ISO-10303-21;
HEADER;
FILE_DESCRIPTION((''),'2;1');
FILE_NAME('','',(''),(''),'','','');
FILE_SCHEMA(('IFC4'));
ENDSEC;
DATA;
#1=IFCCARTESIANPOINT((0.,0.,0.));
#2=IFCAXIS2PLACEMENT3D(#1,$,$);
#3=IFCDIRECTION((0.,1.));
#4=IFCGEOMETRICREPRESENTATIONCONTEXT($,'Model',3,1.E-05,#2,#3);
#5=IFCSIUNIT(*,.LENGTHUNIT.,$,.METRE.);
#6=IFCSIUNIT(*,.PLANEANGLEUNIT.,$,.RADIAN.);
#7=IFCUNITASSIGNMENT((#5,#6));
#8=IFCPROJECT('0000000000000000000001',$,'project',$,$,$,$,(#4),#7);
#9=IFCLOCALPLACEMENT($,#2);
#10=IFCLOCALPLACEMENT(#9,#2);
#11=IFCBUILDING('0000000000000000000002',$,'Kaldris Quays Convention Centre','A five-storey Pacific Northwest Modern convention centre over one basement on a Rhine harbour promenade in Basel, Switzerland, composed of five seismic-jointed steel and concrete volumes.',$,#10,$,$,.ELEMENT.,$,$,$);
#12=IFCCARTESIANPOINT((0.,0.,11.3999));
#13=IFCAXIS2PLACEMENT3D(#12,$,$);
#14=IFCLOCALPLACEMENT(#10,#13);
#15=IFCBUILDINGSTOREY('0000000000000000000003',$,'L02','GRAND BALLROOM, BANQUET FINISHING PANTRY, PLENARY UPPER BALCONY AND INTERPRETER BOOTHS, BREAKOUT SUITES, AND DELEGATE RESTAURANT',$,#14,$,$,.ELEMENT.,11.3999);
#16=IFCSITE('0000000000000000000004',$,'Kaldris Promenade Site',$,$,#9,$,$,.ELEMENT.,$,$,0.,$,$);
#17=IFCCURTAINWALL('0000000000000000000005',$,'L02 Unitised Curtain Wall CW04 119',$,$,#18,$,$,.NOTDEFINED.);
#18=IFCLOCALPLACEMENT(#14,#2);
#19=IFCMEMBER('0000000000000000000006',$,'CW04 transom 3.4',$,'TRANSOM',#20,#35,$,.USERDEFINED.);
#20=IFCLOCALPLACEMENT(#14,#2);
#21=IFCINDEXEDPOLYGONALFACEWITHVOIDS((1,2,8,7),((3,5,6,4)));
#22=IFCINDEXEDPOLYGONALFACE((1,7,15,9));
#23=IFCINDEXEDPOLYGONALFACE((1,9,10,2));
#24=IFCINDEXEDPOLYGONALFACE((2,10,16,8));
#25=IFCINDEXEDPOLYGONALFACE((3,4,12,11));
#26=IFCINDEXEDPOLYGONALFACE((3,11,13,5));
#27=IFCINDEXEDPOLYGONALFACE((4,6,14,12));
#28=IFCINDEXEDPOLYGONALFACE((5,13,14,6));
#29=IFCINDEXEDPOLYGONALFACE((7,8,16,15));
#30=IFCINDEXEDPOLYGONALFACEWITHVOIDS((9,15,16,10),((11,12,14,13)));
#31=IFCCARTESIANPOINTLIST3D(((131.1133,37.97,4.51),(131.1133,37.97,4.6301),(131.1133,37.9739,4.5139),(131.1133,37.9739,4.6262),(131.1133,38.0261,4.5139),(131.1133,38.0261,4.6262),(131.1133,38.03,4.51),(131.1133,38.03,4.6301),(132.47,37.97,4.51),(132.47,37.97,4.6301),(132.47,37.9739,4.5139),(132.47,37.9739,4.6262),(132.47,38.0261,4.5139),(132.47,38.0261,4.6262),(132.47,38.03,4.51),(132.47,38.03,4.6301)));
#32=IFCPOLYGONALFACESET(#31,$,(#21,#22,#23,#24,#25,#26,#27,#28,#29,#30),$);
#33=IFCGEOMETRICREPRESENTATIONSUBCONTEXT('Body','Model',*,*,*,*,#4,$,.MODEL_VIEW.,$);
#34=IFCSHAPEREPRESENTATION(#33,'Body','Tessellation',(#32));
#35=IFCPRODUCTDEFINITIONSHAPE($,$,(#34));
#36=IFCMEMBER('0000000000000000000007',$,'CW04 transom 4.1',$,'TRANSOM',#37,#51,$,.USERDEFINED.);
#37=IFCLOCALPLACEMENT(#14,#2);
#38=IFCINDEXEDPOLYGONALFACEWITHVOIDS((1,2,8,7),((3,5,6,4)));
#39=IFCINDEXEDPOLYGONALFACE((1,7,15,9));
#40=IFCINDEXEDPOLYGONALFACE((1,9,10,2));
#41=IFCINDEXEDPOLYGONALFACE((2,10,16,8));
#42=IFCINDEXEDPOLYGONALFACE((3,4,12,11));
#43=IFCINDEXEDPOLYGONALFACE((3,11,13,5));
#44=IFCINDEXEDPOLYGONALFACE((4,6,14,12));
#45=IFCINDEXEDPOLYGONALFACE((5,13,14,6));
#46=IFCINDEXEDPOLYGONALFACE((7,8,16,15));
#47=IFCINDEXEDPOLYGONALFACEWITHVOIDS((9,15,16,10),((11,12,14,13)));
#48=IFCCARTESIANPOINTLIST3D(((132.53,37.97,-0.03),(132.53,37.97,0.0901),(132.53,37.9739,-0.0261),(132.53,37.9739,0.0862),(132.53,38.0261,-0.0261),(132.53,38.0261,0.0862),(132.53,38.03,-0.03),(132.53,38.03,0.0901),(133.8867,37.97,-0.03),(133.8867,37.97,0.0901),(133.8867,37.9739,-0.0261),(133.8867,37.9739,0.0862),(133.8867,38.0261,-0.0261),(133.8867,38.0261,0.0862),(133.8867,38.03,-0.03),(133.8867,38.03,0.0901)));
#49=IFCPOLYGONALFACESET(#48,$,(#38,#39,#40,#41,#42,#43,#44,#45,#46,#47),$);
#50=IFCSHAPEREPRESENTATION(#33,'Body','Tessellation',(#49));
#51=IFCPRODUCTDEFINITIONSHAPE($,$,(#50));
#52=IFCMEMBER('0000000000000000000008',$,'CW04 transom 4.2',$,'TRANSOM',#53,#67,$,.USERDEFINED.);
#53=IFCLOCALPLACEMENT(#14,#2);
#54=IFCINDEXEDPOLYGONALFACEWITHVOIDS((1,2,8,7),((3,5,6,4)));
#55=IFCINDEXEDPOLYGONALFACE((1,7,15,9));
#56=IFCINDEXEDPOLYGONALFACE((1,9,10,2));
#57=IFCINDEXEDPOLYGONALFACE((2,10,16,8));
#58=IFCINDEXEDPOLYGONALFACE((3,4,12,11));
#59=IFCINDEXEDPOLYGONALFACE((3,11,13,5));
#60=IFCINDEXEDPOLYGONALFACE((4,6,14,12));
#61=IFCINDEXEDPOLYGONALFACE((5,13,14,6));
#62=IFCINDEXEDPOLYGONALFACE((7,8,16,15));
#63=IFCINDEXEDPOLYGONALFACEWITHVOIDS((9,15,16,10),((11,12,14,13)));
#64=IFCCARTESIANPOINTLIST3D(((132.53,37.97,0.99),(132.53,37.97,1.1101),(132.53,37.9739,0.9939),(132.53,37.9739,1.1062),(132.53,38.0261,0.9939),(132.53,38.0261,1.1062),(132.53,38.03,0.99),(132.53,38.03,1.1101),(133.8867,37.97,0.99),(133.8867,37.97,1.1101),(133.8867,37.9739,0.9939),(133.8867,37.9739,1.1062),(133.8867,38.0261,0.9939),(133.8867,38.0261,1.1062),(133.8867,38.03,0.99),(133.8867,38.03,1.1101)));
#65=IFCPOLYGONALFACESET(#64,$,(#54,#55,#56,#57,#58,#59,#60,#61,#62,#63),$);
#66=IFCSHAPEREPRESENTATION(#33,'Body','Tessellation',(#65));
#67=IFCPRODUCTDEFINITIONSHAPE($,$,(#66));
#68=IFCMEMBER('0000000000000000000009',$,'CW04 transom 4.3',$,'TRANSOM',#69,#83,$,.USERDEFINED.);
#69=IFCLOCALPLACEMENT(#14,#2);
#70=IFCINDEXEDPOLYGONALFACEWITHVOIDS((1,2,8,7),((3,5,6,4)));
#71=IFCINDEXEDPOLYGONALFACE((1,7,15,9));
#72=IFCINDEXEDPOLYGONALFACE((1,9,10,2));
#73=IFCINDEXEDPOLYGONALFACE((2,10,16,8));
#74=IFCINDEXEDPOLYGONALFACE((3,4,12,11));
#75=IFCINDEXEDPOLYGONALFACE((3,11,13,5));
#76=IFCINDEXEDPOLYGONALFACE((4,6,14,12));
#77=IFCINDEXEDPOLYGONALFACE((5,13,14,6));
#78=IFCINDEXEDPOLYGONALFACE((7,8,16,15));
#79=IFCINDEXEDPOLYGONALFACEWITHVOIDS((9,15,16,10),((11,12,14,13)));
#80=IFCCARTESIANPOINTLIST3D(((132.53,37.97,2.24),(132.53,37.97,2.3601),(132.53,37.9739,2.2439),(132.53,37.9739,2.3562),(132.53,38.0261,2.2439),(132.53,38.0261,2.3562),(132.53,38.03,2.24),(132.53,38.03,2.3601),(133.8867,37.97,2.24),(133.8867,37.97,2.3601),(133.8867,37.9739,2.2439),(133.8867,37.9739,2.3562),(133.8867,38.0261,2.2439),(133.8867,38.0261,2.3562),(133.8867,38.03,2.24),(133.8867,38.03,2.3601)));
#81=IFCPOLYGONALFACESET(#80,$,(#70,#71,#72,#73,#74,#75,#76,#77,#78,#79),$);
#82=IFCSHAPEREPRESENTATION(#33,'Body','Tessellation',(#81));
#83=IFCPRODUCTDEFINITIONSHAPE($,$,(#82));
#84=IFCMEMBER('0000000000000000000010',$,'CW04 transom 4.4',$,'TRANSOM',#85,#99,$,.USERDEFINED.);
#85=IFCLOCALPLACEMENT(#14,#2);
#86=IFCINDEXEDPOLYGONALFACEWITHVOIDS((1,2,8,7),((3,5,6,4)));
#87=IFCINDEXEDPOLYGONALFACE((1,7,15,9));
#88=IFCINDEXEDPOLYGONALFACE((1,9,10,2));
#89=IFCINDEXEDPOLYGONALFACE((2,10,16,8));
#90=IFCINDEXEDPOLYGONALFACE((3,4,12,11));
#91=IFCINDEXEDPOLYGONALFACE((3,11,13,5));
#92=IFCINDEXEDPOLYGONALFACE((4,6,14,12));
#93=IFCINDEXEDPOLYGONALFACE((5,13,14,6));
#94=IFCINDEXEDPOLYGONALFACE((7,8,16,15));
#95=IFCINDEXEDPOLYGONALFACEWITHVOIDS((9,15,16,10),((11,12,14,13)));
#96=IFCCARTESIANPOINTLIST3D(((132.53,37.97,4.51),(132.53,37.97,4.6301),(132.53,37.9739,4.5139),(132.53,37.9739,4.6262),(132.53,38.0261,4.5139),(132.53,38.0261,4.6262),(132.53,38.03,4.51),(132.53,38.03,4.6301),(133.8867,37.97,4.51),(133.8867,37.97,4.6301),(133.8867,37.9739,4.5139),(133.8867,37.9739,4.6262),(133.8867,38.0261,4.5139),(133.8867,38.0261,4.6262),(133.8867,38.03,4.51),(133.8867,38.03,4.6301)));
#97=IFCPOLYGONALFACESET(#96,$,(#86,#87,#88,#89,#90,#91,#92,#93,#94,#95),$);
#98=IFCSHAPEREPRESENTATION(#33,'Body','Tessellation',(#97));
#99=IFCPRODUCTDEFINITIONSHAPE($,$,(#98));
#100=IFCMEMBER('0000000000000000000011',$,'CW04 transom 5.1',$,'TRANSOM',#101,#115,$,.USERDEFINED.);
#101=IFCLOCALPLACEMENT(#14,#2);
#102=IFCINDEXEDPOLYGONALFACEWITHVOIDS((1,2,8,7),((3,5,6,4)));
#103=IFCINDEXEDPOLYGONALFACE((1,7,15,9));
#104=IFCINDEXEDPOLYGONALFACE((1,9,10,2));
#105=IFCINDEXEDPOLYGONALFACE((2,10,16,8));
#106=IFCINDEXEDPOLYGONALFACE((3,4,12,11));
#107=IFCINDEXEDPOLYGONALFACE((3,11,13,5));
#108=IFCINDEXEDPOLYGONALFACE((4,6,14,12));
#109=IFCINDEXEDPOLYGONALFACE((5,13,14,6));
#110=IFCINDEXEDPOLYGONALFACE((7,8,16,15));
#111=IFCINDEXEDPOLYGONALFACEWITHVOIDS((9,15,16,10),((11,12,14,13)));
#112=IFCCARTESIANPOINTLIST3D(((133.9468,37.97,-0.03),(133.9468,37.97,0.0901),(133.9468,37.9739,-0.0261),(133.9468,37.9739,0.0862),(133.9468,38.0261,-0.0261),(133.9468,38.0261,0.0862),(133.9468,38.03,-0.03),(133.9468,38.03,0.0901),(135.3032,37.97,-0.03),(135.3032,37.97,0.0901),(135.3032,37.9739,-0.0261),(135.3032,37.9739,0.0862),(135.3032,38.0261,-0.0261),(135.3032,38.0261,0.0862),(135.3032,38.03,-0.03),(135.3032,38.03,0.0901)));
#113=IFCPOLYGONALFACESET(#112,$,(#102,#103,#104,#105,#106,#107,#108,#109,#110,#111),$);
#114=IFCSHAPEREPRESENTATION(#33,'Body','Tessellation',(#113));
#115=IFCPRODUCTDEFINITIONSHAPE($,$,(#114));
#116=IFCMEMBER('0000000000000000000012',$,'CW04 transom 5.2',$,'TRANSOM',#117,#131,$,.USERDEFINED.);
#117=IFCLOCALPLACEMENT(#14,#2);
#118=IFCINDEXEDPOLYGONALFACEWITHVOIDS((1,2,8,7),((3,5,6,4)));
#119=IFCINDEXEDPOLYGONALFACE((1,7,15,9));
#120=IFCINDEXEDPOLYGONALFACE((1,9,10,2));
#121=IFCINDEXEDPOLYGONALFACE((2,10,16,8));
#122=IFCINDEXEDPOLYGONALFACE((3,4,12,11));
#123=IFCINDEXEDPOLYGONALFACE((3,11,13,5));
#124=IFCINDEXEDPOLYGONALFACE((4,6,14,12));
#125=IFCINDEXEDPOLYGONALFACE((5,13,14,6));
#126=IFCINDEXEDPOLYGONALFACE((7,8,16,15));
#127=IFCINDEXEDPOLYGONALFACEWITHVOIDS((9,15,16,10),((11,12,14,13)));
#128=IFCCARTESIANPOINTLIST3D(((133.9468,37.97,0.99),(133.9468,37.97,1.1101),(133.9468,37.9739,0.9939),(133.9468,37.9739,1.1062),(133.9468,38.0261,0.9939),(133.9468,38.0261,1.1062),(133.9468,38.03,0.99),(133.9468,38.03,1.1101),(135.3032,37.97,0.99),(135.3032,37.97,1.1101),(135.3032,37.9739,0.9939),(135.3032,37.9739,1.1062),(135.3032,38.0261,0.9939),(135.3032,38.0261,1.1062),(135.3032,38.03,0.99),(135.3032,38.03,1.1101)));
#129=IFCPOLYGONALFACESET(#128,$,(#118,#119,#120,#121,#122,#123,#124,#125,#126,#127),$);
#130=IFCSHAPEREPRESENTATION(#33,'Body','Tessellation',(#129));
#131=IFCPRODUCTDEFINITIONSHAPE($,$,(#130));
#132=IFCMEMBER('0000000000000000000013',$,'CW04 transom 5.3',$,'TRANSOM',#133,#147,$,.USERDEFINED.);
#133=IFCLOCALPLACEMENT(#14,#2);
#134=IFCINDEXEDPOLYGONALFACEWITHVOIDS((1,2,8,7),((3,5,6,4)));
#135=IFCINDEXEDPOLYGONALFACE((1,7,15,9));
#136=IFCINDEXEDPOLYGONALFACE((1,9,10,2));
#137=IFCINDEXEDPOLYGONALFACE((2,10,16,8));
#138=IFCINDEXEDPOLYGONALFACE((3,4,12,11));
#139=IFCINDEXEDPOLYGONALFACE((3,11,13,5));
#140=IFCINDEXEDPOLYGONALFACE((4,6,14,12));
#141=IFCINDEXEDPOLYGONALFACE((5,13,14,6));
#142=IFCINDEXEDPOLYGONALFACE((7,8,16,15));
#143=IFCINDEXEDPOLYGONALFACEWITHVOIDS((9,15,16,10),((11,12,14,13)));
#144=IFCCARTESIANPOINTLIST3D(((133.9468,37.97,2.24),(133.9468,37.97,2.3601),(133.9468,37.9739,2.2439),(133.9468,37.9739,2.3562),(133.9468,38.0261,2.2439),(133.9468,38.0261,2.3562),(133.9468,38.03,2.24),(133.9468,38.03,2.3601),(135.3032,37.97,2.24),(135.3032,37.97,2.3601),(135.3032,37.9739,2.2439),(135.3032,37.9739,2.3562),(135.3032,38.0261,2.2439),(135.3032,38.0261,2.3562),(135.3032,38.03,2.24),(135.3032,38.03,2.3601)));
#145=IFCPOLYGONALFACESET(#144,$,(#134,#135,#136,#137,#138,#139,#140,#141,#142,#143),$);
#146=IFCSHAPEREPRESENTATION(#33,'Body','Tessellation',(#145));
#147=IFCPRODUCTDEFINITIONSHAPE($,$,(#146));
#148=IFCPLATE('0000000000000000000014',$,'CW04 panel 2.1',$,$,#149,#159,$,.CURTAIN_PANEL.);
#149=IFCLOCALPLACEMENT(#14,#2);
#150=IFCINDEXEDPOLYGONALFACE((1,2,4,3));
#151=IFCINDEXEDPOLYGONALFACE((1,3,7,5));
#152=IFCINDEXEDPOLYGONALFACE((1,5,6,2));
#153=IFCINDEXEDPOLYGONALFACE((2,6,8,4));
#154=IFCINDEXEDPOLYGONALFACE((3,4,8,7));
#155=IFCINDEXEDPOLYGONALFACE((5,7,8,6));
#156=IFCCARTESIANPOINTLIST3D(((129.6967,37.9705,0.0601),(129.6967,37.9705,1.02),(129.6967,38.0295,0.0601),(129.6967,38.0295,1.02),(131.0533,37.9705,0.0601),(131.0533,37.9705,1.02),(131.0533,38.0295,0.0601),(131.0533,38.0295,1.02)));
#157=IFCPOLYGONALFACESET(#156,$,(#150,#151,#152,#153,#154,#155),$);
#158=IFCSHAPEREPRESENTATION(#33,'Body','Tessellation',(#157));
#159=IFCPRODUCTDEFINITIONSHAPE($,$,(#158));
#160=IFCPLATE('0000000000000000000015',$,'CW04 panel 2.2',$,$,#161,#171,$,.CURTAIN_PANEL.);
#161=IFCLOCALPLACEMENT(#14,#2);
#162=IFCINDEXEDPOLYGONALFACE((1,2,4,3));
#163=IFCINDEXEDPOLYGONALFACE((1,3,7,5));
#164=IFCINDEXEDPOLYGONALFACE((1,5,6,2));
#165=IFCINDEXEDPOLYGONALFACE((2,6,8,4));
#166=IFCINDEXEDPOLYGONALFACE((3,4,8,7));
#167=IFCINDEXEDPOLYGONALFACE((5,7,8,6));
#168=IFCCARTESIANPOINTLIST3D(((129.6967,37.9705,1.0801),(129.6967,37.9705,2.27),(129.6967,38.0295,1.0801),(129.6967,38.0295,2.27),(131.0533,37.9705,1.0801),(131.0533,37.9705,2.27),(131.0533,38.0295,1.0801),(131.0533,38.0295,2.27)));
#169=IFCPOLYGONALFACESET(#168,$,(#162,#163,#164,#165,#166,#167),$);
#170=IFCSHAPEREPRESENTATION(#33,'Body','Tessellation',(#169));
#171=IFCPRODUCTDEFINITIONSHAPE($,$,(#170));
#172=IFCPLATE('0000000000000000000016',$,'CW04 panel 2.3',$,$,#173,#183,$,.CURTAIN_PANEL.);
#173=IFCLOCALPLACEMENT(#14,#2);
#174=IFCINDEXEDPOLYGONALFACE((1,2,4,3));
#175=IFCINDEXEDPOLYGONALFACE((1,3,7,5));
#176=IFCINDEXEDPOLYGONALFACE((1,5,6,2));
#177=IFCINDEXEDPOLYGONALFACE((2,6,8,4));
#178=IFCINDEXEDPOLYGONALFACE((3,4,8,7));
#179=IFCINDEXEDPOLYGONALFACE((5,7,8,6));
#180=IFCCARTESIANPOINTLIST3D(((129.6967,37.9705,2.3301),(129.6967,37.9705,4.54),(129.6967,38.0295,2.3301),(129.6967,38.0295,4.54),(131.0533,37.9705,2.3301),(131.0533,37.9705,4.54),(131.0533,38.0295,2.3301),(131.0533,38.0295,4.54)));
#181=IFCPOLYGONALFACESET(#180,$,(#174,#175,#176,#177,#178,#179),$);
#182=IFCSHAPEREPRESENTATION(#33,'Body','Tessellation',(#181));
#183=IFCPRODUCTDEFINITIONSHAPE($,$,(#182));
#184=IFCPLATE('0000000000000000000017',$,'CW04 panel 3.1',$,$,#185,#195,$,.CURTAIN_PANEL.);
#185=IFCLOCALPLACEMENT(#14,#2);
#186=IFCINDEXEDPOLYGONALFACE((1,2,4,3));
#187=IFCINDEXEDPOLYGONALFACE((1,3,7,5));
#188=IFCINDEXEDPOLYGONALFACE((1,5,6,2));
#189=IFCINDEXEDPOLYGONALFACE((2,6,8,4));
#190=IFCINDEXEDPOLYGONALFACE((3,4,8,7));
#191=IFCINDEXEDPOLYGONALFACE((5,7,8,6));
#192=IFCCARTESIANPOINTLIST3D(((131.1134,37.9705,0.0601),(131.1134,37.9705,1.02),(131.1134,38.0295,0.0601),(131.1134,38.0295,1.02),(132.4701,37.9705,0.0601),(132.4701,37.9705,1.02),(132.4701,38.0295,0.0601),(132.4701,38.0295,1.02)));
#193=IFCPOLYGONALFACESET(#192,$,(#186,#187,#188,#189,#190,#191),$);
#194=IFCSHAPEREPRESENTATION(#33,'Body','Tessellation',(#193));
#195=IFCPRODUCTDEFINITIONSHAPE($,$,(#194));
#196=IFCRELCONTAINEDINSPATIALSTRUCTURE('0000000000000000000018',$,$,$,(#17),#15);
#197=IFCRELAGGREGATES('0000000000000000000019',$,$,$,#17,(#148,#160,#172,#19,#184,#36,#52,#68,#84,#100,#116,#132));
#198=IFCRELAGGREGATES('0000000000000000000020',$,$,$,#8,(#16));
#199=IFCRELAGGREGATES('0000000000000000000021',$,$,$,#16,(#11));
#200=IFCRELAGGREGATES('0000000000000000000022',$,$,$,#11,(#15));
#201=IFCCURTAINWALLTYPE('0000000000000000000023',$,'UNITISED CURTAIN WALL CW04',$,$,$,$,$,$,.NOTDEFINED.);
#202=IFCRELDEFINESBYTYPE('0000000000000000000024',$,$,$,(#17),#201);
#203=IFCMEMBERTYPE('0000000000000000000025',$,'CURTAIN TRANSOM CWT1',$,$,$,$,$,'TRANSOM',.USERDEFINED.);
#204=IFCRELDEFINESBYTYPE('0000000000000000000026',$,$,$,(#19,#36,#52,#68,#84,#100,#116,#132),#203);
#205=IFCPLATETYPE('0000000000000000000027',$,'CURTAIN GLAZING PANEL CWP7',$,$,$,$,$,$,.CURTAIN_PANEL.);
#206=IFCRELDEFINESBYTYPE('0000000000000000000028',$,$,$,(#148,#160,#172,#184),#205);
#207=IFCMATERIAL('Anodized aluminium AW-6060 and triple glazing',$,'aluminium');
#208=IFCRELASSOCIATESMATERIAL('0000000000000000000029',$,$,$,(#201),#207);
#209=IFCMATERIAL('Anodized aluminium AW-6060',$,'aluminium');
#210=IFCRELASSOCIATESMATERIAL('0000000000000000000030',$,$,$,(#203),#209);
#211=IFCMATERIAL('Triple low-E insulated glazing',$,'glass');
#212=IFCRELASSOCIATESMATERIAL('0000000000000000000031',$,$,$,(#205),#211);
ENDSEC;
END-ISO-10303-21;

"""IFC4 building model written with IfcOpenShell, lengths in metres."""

from ifc_helpers import new_model, si_unit, direction, frame, origin, origin_2d, place, context, subcontext, project, spatial, rectangle, hollow_rectangle, extrude, material, material_profile, profile_set, type_object, element, aggregate, save


model = new_model("IFC4")

# Units and contexts
model_context = context("Model", 3, precision=1e-05, world=origin(), true_north=direction((0.0, 1.0)))
body_context = subcontext(model_context, "Body", "Model", "MODEL_VIEW")
ifc_project = project(units=[si_unit("LENGTHUNIT", "METRE"), si_unit("PLANEANGLEUNIT", "RADIAN")], contexts=[model_context])

# Site, building, storey
site_placement = place(None, origin())
site = spatial("IfcSite", under=ifc_project, at=site_placement, Name="Kaldris Promenade Site", CompositionType="ELEMENT", RefElevation=0.0)
building_placement = place(site_placement, origin())
building = spatial("IfcBuilding", under=site, at=building_placement, Name="Kaldris Quays Convention Centre", Description="A five-storey Pacific Northwest Modern convention centre over one basement on a Rhine harbour promenade in Basel, Switzerland, composed of five seismic-jointed steel and concrete volumes.", CompositionType="ELEMENT")
storey_placement = place(building_placement, frame((0.0, 0.0, 11.3999)))
storey = spatial("IfcBuildingStorey", under=building, at=storey_placement, Name="L02", Description="GRAND BALLROOM, BANQUET FINISHING PANTRY, PLENARY UPPER BALCONY AND INTERPRETER BOOTHS, BREAKOUT SUITES, AND DELEGATE RESTAURANT", CompositionType="ELEMENT", Elevation=11.3999)

# Curtain wall, members, plates
ifc_material_1 = material(Name="Anodized aluminium AW-6060 and triple glazing", Category="aluminium")
curtain_wall_type = type_object("IfcCurtainWallType", Name="UNITISED CURTAIN WALL CW04", PredefinedType="NOTDEFINED", material=ifc_material_1)
curtain_wall_placement = place(storey_placement, origin())
curtain_wall = element("IfcCurtainWall", 1, at=curtain_wall_placement, inside=storey, type_object=curtain_wall_type, Name="L02 Unitised Curtain Wall CW04 119", PredefinedType="NOTDEFINED")
ifc_material_2 = material(Name="Anodized aluminium AW-6060", Category="aluminium")
ifc_material_profile_1 = material_profile(ifc_material_2, hollow_rectangle(XDim=0.0601, YDim=0.1201, WallThickness=0.0039, at=origin_2d()), Name="RHS 120x60x4")
ifc_profile_set_1 = profile_set([ifc_material_profile_1], Name="Anodized aluminium AW-6060")
member_type_1 = type_object("IfcMemberType", Name="CURTAIN TRANSOM CWT1", ElementType="TRANSOM", PredefinedType="USERDEFINED", material=ifc_profile_set_1)
member_1_placement = place(storey_placement, frame((131.1133, 38.0, 4.5701), z_axis=(1.0, 0.0, 0.0), x_axis=(0.0, 1.0, 0.0)))
member_1 = element("IfcMember", 2, at=member_1_placement, type_object=member_type_1, Name="CW04 transom 3.4", ObjectType="TRANSOM", PredefinedType="USERDEFINED", context=body_context, shape_type="SweptSolid", body=[
    extrude(hollow_rectangle(XDim=0.0601, YDim=0.1201, WallThickness=0.0039, at=origin_2d()), origin(), (0.0, 0.0, 1.0), 1.3567),
])
member_2_placement = place(storey_placement, frame((132.53, 38.0, 0.03), z_axis=(1.0, 0.0, 0.0), x_axis=(0.0, 1.0, 0.0)))
member_2 = element("IfcMember", 3, at=member_2_placement, type_object=member_type_1, Name="CW04 transom 4.1", ObjectType="TRANSOM", PredefinedType="USERDEFINED", context=body_context, shape_type="SweptSolid", body=[
    extrude(hollow_rectangle(XDim=0.0601, YDim=0.1201, WallThickness=0.0039, at=origin_2d()), origin(), (0.0, 0.0, 1.0), 1.3567),
])
member_3_placement = place(storey_placement, frame((132.53, 38.0, 1.05), z_axis=(1.0, 0.0, 0.0), x_axis=(0.0, 1.0, 0.0)))
member_3 = element("IfcMember", 4, at=member_3_placement, type_object=member_type_1, Name="CW04 transom 4.2", ObjectType="TRANSOM", PredefinedType="USERDEFINED", context=body_context, shape_type="SweptSolid", body=[
    extrude(hollow_rectangle(XDim=0.0601, YDim=0.1201, WallThickness=0.0039, at=origin_2d()), origin(), (0.0, 0.0, 1.0), 1.3567),
])
member_4_placement = place(storey_placement, frame((132.53, 38.0, 2.3), z_axis=(1.0, 0.0, 0.0), x_axis=(0.0, 1.0, 0.0)))
member_4 = element("IfcMember", 5, at=member_4_placement, type_object=member_type_1, Name="CW04 transom 4.3", ObjectType="TRANSOM", PredefinedType="USERDEFINED", context=body_context, shape_type="SweptSolid", body=[
    extrude(hollow_rectangle(XDim=0.0601, YDim=0.1201, WallThickness=0.0039, at=origin_2d()), origin(), (0.0, 0.0, 1.0), 1.3567),
])
member_5_placement = place(storey_placement, frame((132.53, 38.0, 4.5701), z_axis=(1.0, 0.0, 0.0), x_axis=(0.0, 1.0, 0.0)))
member_5 = element("IfcMember", 6, at=member_5_placement, type_object=member_type_1, Name="CW04 transom 4.4", ObjectType="TRANSOM", PredefinedType="USERDEFINED", context=body_context, shape_type="SweptSolid", body=[
    extrude(hollow_rectangle(XDim=0.0601, YDim=0.1201, WallThickness=0.0039, at=origin_2d()), origin(), (0.0, 0.0, 1.0), 1.3567),
])
member_6_placement = place(storey_placement, frame((133.9468, 38.0, 0.03), z_axis=(1.0, 0.0, 0.0), x_axis=(0.0, 1.0, 0.0)))
member_6 = element("IfcMember", 7, at=member_6_placement, type_object=member_type_1, Name="CW04 transom 5.1", ObjectType="TRANSOM", PredefinedType="USERDEFINED", context=body_context, shape_type="SweptSolid", body=[
    extrude(hollow_rectangle(XDim=0.0601, YDim=0.1201, WallThickness=0.0039, at=origin_2d()), origin(), (0.0, 0.0, 1.0), 1.3564),
])
member_7_placement = place(storey_placement, frame((133.9468, 38.0, 1.05), z_axis=(1.0, 0.0, 0.0), x_axis=(0.0, 1.0, 0.0)))
member_7 = element("IfcMember", 8, at=member_7_placement, type_object=member_type_1, Name="CW04 transom 5.2", ObjectType="TRANSOM", PredefinedType="USERDEFINED", context=body_context, shape_type="SweptSolid", body=[
    extrude(hollow_rectangle(XDim=0.0601, YDim=0.1201, WallThickness=0.0039, at=origin_2d()), origin(), (0.0, 0.0, 1.0), 1.3564),
])
member_8_placement = place(storey_placement, frame((133.9468, 38.0, 2.3), z_axis=(1.0, 0.0, 0.0), x_axis=(0.0, 1.0, 0.0)))
member_8 = element("IfcMember", 9, at=member_8_placement, type_object=member_type_1, Name="CW04 transom 5.3", ObjectType="TRANSOM", PredefinedType="USERDEFINED", context=body_context, shape_type="SweptSolid", body=[
    extrude(hollow_rectangle(XDim=0.0601, YDim=0.1201, WallThickness=0.0039, at=origin_2d()), origin(), (0.0, 0.0, 1.0), 1.3564),
])
ifc_material_3 = material(Name="Triple low-E insulated glazing", Category="glass")
plate_type = type_object("IfcPlateType", Name="CURTAIN GLAZING PANEL CWP7", PredefinedType="CURTAIN_PANEL", material=ifc_material_3)
plate_1_placement = place(storey_placement, frame((130.375, 38.0, 0.0601), z_axis=(0.0, 0.0, 1.0), x_axis=(1.0, 0.0, 0.0)))
plate_1 = element("IfcPlate", 10, at=plate_1_placement, type_object=plate_type, Name="CW04 panel 2.1", PredefinedType="CURTAIN_PANEL", context=body_context, shape_type="SweptSolid", body=[
    extrude(rectangle(XDim=1.3567, YDim=0.0591, at=origin_2d()), origin(), (0.0, 0.0, 1.0), 0.96),
])
plate_2_placement = place(storey_placement, frame((130.375, 38.0, 1.0801), z_axis=(0.0, 0.0, 1.0), x_axis=(1.0, 0.0, 0.0)))
plate_2 = element("IfcPlate", 11, at=plate_2_placement, type_object=plate_type, Name="CW04 panel 2.2", PredefinedType="CURTAIN_PANEL", context=body_context, shape_type="SweptSolid", body=[
    extrude(rectangle(XDim=1.3567, YDim=0.0591, at=origin_2d()), origin(), (0.0, 0.0, 1.0), 1.1899),
])
plate_3_placement = place(storey_placement, frame((130.375, 38.0, 2.3301), z_axis=(0.0, 0.0, 1.0), x_axis=(1.0, 0.0, 0.0)))
plate_3 = element("IfcPlate", 12, at=plate_3_placement, type_object=plate_type, Name="CW04 panel 2.3", PredefinedType="CURTAIN_PANEL", context=body_context, shape_type="SweptSolid", body=[
    extrude(rectangle(XDim=1.3567, YDim=0.0591, at=origin_2d()), origin(), (0.0, 0.0, 1.0), 2.21),
])
plate_4_placement = place(storey_placement, frame((131.7917, 38.0, 0.0601), z_axis=(0.0, 0.0, 1.0), x_axis=(1.0, 0.0, 0.0)))
plate_4 = element("IfcPlate", 13, at=plate_4_placement, type_object=plate_type, Name="CW04 panel 3.1", PredefinedType="CURTAIN_PANEL", context=body_context, shape_type="SweptSolid", body=[
    extrude(rectangle(XDim=1.3567, YDim=0.0591, at=origin_2d()), origin(), (0.0, 0.0, 1.0), 0.96),
])
aggregate(curtain_wall, [plate_1, plate_2, plate_3, member_1, plate_4, member_2, member_3, member_4, member_5, member_6, member_7, member_8])

save(model, "model.ifc")
